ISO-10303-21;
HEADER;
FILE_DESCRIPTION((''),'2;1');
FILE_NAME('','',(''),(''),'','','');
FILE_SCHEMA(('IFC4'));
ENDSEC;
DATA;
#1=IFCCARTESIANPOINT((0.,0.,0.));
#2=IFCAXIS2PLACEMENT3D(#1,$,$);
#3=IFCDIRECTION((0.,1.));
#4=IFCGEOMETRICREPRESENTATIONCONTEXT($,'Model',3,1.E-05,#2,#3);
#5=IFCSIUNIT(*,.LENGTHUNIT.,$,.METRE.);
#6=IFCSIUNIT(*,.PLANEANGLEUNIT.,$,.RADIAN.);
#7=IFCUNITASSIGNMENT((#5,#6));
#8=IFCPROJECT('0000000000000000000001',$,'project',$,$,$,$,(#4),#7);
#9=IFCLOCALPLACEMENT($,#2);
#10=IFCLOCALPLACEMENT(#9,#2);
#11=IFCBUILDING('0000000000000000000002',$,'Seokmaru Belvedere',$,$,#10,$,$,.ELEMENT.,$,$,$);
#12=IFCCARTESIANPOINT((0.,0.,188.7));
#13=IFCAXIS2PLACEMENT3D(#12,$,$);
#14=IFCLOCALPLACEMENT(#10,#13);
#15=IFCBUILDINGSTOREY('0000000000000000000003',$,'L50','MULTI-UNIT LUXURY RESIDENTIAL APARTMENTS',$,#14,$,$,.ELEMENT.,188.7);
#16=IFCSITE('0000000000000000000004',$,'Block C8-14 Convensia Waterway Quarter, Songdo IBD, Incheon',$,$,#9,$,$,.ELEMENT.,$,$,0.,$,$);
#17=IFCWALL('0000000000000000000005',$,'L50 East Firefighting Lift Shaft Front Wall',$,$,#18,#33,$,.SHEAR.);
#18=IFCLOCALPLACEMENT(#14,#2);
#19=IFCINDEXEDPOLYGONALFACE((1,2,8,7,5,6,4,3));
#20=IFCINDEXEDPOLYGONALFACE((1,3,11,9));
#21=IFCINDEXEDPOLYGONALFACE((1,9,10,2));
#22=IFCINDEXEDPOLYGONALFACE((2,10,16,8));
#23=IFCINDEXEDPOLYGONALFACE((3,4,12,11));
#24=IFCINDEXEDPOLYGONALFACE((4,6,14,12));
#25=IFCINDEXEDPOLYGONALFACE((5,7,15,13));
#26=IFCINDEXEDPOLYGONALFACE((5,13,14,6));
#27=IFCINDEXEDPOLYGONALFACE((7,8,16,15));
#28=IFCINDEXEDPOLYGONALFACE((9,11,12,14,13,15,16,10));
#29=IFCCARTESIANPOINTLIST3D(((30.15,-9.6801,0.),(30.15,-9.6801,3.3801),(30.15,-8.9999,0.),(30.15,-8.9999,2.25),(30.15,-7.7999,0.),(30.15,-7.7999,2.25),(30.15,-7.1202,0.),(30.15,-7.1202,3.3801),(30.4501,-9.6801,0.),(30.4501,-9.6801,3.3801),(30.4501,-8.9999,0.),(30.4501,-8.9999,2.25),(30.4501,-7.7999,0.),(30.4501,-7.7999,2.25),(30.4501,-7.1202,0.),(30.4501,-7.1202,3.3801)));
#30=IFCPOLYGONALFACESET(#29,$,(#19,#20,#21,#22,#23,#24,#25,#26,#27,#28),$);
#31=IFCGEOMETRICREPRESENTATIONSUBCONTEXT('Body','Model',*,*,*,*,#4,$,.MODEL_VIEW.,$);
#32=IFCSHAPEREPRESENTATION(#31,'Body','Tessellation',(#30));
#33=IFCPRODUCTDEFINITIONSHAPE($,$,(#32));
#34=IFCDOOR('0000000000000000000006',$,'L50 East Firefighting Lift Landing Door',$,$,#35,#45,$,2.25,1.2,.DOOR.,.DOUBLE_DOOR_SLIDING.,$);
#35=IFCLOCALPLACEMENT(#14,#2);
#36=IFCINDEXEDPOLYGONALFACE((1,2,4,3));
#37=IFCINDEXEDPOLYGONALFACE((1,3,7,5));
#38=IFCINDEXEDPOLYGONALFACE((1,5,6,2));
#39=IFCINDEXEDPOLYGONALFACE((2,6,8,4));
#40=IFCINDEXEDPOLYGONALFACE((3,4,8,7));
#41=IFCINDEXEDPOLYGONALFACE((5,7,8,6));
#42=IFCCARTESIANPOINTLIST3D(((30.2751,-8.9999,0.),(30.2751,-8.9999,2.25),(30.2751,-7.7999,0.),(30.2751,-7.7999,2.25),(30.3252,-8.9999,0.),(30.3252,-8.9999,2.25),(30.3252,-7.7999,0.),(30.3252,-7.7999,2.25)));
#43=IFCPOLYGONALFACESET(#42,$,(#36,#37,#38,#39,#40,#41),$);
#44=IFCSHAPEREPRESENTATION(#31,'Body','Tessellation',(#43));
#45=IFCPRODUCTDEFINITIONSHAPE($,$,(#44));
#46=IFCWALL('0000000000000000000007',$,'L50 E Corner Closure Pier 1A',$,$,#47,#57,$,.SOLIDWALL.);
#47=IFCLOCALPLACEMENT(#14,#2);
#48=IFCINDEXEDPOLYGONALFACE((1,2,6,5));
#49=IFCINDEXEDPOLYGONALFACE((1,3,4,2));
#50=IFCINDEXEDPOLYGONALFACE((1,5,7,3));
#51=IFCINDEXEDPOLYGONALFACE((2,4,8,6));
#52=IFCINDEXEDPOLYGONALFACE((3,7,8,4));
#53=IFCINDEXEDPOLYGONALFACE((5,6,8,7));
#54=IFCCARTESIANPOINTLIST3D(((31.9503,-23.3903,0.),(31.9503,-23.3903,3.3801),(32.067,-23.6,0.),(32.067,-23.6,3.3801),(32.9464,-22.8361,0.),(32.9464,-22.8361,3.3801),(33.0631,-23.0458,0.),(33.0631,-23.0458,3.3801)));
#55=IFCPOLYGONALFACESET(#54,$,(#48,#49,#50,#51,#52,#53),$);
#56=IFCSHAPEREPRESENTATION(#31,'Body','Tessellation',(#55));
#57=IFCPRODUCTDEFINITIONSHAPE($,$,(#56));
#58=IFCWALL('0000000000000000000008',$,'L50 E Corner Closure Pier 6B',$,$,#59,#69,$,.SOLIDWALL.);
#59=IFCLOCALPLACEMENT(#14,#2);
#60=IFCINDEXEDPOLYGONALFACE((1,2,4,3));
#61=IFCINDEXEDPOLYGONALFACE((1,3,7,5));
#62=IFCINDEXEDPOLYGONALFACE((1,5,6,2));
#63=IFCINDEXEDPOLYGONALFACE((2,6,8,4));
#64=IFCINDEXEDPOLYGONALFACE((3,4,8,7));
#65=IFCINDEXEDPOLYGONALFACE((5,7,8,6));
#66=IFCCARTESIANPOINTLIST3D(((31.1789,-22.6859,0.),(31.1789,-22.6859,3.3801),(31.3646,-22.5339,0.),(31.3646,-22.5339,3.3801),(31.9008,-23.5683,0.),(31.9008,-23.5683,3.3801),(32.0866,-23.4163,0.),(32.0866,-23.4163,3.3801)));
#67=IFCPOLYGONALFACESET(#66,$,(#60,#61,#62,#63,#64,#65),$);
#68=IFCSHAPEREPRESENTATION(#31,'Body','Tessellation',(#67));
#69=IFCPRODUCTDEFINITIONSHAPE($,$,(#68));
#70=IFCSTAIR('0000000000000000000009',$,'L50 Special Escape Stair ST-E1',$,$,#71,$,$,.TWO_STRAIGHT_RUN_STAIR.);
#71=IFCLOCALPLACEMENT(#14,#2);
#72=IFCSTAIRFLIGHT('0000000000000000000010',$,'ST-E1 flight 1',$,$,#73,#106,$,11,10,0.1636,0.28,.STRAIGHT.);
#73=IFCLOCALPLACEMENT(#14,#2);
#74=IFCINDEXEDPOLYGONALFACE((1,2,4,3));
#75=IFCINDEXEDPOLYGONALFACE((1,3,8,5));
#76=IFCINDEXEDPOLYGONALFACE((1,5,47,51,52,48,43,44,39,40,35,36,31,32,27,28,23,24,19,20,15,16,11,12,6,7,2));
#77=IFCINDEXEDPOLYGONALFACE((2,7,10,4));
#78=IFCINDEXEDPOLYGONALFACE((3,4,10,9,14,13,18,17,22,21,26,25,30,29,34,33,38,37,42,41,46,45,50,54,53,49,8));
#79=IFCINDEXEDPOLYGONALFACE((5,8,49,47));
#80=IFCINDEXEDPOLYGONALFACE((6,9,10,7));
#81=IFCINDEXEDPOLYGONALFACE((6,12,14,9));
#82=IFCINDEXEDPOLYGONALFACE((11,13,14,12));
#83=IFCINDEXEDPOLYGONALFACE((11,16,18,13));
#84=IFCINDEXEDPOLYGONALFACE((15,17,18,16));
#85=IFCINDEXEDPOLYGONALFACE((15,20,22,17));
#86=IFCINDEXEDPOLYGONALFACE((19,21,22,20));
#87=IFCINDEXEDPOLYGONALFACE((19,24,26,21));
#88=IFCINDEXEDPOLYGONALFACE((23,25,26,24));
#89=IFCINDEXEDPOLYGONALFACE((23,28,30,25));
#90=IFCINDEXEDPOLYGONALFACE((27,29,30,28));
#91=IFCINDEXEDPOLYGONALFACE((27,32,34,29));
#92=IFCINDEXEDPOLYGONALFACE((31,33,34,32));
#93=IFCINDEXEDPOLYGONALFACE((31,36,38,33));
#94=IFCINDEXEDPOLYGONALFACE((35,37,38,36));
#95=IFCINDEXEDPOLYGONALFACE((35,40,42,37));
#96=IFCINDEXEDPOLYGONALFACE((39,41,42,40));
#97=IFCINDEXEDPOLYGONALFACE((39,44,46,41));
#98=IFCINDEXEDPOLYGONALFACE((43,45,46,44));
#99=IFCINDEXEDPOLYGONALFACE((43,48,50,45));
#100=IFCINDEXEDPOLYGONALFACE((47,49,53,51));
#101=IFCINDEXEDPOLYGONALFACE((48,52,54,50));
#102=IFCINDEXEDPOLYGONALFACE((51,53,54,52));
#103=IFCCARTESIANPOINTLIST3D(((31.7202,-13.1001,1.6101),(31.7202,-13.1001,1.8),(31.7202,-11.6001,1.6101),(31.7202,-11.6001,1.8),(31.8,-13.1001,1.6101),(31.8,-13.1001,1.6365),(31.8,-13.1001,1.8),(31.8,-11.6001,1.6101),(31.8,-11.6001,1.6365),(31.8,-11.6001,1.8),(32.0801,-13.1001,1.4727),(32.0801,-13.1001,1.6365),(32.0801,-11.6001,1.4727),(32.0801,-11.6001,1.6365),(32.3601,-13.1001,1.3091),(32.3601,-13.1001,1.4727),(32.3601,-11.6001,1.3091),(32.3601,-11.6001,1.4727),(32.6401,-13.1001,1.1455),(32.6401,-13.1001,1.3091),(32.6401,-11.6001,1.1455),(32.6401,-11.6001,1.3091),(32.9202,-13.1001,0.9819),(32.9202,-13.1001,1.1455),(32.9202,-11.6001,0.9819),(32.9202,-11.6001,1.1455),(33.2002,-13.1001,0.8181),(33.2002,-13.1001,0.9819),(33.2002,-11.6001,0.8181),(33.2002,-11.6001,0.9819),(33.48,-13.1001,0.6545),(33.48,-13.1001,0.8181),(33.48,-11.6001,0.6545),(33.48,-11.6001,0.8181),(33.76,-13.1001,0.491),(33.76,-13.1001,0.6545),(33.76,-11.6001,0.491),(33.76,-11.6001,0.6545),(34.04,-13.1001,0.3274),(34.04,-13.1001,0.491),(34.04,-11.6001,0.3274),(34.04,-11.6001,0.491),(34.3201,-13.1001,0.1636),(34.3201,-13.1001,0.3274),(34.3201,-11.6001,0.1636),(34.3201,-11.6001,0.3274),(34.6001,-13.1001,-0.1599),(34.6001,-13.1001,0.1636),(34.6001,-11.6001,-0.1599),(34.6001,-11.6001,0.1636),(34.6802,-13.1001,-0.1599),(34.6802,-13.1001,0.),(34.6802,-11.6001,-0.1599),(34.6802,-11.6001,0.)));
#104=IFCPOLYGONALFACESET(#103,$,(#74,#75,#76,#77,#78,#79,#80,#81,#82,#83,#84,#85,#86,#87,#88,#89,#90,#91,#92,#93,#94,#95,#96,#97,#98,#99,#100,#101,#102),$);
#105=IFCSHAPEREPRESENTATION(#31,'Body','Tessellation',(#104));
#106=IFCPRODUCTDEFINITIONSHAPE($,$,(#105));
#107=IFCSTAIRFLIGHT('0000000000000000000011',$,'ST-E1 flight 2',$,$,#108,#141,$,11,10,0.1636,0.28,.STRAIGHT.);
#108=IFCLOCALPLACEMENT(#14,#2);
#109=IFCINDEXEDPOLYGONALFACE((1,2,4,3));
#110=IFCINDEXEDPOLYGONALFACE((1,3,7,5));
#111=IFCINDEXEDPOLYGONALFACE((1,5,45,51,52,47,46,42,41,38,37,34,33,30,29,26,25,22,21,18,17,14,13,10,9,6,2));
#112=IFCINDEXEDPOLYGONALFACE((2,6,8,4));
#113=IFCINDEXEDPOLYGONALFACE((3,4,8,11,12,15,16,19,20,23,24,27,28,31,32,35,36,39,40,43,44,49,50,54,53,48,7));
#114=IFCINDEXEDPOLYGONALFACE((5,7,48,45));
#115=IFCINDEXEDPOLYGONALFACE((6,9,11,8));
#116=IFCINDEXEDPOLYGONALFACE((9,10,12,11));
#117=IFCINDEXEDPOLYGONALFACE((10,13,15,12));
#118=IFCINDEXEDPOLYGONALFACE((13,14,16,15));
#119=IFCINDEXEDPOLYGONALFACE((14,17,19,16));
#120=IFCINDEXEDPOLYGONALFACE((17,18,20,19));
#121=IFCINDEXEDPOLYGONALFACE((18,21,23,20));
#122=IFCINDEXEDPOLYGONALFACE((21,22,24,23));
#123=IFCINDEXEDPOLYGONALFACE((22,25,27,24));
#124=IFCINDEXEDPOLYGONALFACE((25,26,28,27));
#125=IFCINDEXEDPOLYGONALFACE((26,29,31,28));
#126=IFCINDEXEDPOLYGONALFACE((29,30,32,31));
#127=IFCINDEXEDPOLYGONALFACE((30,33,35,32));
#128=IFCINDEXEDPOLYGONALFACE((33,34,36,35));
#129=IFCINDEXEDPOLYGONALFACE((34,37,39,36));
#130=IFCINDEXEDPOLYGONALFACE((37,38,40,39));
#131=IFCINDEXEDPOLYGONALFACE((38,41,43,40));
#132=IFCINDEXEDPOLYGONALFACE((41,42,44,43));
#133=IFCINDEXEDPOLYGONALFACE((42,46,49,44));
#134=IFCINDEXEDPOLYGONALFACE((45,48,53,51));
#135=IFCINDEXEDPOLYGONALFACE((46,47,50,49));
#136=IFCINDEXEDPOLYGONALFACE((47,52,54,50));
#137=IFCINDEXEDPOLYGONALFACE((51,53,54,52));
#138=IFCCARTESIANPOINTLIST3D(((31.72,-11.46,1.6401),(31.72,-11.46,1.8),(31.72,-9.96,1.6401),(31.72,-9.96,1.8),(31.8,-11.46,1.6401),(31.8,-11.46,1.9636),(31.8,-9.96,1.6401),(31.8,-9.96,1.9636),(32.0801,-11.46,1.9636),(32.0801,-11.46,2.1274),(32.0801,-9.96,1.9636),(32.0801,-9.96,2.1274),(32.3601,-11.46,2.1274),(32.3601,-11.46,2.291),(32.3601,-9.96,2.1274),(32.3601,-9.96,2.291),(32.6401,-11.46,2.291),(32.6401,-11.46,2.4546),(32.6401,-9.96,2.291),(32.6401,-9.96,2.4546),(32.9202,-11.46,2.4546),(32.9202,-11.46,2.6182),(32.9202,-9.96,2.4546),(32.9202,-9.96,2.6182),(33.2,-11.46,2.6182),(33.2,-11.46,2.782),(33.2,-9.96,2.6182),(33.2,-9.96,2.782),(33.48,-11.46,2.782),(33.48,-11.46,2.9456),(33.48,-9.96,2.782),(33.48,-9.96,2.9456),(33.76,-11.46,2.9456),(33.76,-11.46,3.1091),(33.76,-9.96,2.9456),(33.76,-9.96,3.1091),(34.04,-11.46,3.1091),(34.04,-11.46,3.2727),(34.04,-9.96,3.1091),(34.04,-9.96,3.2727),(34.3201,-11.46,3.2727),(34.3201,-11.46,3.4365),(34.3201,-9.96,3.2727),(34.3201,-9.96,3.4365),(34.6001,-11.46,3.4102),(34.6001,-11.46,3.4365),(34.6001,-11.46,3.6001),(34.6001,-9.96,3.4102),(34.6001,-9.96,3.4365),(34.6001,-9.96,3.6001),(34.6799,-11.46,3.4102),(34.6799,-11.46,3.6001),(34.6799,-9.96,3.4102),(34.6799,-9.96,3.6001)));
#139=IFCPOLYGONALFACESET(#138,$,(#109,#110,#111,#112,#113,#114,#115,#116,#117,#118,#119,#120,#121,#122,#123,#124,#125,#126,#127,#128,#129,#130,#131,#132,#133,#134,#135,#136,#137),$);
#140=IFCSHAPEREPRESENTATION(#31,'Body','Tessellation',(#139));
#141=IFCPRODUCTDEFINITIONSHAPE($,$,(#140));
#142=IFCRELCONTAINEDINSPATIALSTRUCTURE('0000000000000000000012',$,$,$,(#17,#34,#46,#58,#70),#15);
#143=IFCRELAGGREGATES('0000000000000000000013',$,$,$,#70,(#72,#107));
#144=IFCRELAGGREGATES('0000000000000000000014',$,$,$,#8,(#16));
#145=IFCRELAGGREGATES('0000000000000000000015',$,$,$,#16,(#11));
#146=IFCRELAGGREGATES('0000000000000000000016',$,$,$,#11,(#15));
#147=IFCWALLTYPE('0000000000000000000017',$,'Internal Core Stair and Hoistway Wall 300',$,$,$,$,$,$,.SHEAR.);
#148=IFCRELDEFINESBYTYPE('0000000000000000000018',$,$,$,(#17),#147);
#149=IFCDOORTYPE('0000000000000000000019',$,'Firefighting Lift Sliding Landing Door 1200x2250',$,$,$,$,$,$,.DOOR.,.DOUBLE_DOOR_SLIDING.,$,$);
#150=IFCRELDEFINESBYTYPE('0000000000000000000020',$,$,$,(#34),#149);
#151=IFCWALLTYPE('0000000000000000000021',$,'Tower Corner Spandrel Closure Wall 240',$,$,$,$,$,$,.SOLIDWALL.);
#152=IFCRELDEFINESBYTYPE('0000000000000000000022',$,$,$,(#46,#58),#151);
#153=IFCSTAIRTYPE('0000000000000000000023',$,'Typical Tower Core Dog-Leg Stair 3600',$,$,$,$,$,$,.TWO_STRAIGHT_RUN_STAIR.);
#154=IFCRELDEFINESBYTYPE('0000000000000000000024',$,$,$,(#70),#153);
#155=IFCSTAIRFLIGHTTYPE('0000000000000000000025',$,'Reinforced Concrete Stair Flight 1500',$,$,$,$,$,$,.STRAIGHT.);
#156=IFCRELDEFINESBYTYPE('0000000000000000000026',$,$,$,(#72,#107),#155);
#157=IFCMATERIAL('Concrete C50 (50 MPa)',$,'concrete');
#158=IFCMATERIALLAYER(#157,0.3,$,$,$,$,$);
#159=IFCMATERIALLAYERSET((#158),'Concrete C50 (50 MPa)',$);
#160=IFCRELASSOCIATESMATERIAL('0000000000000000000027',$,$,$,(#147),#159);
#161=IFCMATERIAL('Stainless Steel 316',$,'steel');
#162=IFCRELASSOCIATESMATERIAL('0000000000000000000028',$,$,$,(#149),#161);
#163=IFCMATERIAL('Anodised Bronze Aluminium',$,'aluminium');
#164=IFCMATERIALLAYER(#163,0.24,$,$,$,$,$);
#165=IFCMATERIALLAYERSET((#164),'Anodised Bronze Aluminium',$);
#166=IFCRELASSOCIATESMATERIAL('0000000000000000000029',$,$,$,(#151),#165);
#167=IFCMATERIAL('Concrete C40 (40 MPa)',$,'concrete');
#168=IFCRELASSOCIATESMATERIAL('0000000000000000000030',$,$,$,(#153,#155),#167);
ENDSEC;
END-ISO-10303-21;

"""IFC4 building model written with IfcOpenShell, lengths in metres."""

from ifc_helpers import new_model, si_unit, direction, frame, frame_2d, origin, place, context, subcontext, project, spatial, polyline, rectangle, outline, extrude, source, transform, mapped, material, layer, layer_set, type_object, type_shapes, element, fill, aggregate, save


model = new_model("IFC4")

# Units and contexts
model_context = context("Model", 3, precision=1e-05, world=origin(), true_north=direction((0.0, 1.0)))
body_context = subcontext(model_context, "Body", "Model", "MODEL_VIEW")
ifc_project = project(units=[si_unit("LENGTHUNIT", "METRE"), si_unit("PLANEANGLEUNIT", "RADIAN")], contexts=[model_context])

# Site, building, storey
site_placement = place(None, origin())
site = spatial("IfcSite", under=ifc_project, at=site_placement, Name="Block C8-14 Convensia Waterway Quarter, Songdo IBD, Incheon", CompositionType="ELEMENT", RefElevation=0.0)
building_placement = place(site_placement, origin())
building = spatial("IfcBuilding", under=site, at=building_placement, Name="Seokmaru Belvedere", CompositionType="ELEMENT")
storey_placement = place(building_placement, frame((0.0, 0.0, 188.7)))
storey = spatial("IfcBuildingStorey", under=building, at=storey_placement, Name="L50", Description="MULTI-UNIT LUXURY RESIDENTIAL APARTMENTS", CompositionType="ELEMENT", Elevation=188.7)

# Shared definitions
ifc_material_1 = material(Name="Anodised Bronze Aluminium", Category="aluminium")

# Wall, opening, door
ifc_material_2 = material(Name="Concrete C50 (50 MPa)", Category="concrete")
ifc_layer_1 = layer(ifc_material_2, 0.3)
ifc_layer_set_1 = layer_set([ifc_layer_1], Name="Concrete C50 (50 MPa)")
wall_type_1 = type_object("IfcWallType", Name="Internal Core Stair and Hoistway Wall 300", PredefinedType="SHEAR", material=ifc_layer_set_1)
wall_1_placement = place(storey_placement, frame((30.3, -9.6799, 0.0), z_axis=(0.0, 0.0, 1.0), x_axis=(0.0, 1.0, 0.0)))
wall_1 = element("IfcWall", 1, at=wall_1_placement, inside=storey, type_object=wall_type_1, Name="L50 East Firefighting Lift Shaft Front Wall", PredefinedType="SHEAR", context=body_context, shape_type="SweptSolid", body=[
    extrude(rectangle(XDim=2.5598, YDim=0.3, at=frame_2d((1.2798, 0.0))), origin(), (0.0, 0.0, 1.0), 3.3801),
])
opening_placement = place(wall_1_placement, frame((0.6799, 0.0, 0.0)))
opening = element("IfcOpeningElement", 2, at=opening_placement, cuts=wall_1, PredefinedType="OPENING", context=body_context, shape_type="SweptSolid", body=[
    extrude(rectangle(XDim=1.2, YDim=2.25, at=frame_2d((0.6001, 1.125))), frame((0.0, 0.1602, 0.0), z_axis=(0.0, -1.0, 0.0), x_axis=(1.0, 0.0, 0.0)), (0.0, 0.0, 1.0), 0.3201),
])
ifc_material_3 = material(Name="Stainless Steel 316", Category="steel")
door_type = type_object("IfcDoorType", Name="Firefighting Lift Sliding Landing Door 1200x2250", OperationType="DOUBLE_DOOR_SLIDING", PredefinedType="DOOR", material=ifc_material_3)
shared_shape_1 = source(origin(), body_context, "Body", "SweptSolid", [
    extrude(rectangle(XDim=1.2, YDim=2.25, at=frame_2d((0.6001, 1.125))), frame((0.0, 0.0249, 0.0), z_axis=(0.0, -1.0, 0.0), x_axis=(1.0, 0.0, 0.0)), (0.0, 0.0, 1.0), 0.05),
])
type_shapes(door_type, [shared_shape_1])
door_placement = place(opening_placement, origin())
door = element("IfcDoor", 3, at=door_placement, inside=storey, type_object=door_type, Name="L50 East Firefighting Lift Landing Door", OperationType="DOUBLE_DOOR_SLIDING", OverallHeight=2.25, OverallWidth=1.2, PredefinedType="DOOR", context=body_context, shape_type="MappedRepresentation", body=[
    mapped(shared_shape_1, transform((0.0, 0.0, 0.0), scale=1.0)),
])
fill(opening, door)

# Walls
ifc_layer_2 = layer(ifc_material_1, 0.24)
ifc_layer_set_2 = layer_set([ifc_layer_2], Name="Anodised Bronze Aluminium")
wall_type_2 = type_object("IfcWallType", Name="Tower Corner Spandrel Closure Wall 240", PredefinedType="SOLIDWALL", material=ifc_layer_set_2)
wall_2_placement = place(storey_placement, frame((32.0088, -23.4951, 0.0), z_axis=(0.0, 0.0, 1.0), x_axis=(0.873854, 0.486188, 0.0)))
element("IfcWall", 4, at=wall_2_placement, inside=storey, type_object=wall_type_2, Name="L50 E Corner Closure Pier 1A", PredefinedType="SOLIDWALL", context=body_context, shape_type="SweptSolid", body=[
    extrude(rectangle(XDim=1.1399, YDim=0.24, at=frame_2d((0.5698, 0.0))), origin(), (0.0, 0.0, 1.0), 3.3801),
])
wall_3_placement = place(storey_placement, frame((31.2717, -22.6099, 0.0), z_axis=(0.0, 0.0, 1.0), x_axis=(0.633249, -0.773948, 0.0)))
element("IfcWall", 5, at=wall_3_placement, inside=storey, type_object=wall_type_2, Name="L50 E Corner Closure Pier 6B", PredefinedType="SOLIDWALL", context=body_context, shape_type="SweptSolid", body=[
    extrude(rectangle(XDim=1.1401, YDim=0.24, at=frame_2d((0.5701, 0.0))), origin(), (0.0, 0.0, 1.0), 3.3801),
])

# Stair, stair flights
ifc_material_4 = material(Name="Concrete C40 (40 MPa)", Category="concrete")
stair_type = type_object("IfcStairType", Name="Typical Tower Core Dog-Leg Stair 3600", PredefinedType="TWO_STRAIGHT_RUN_STAIR", material=ifc_material_4)
stair_placement = place(storey_placement, origin())
stair = element("IfcStair", 6, at=stair_placement, inside=storey, type_object=stair_type, Name="L50 Special Escape Stair ST-E1", PredefinedType="TWO_STRAIGHT_RUN_STAIR")
stair_flight_type = type_object("IfcStairFlightType", Name="Reinforced Concrete Stair Flight 1500", PredefinedType="STRAIGHT", material=ifc_material_4)
stair_flight_1_placement = place(storey_placement, frame((34.6001, -12.3501, 0.0), z_axis=(0.0, 0.0, 1.0), x_axis=(-1.0, 0.0, 0.0)))
stair_flight_1 = element("IfcStairFlight", 7, at=stair_flight_1_placement, type_object=stair_flight_type, Name="ST-E1 flight 1", NumberOfRisers=11, NumberOfTreads=10, PredefinedType="STRAIGHT", RiserHeight=0.1636, TreadLength=0.28, context=body_context, shape_type="SweptSolid", body=[
    extrude(outline(polyline([(-0.0801, 0.0), (0.0, 0.1636), (0.28, 0.1636), (0.28, 0.3274), (0.5601, 0.3274), (0.5601, 0.491), (0.8401, 0.491), (0.8401, 0.6545), (1.1201, 0.6545), (1.1201, 0.8181), (1.3999, 0.8181), (1.3999, 0.9819), (1.6799, 0.9819), (1.6799, 1.1455), (1.96, 1.1455), (1.96, 1.3091), (2.24, 1.3091), (2.24, 1.4727), (2.52, 1.4727), (2.52, 1.6365), (2.8, 1.6365), (2.8, 1.8), (2.8799, 1.8), (2.8799, 1.6101), (2.8, 1.6101), (0.0, -0.1599), (-0.0801, -0.1599), (-0.0801, 0.0)])), frame((0.0, 0.75, 0.0), z_axis=(0.0, -1.0, 0.0), x_axis=(1.0, 0.0, 0.0)), (0.0, 0.0, 1.0), 1.5),
])
stair_flight_2_placement = place(storey_placement, frame((31.8, -10.71, 1.8), z_axis=(0.0, 0.0, 1.0), x_axis=(1.0, 0.0, 0.0)))
stair_flight_2 = element("IfcStairFlight", 8, at=stair_flight_2_placement, type_object=stair_flight_type, Name="ST-E1 flight 2", NumberOfRisers=11, NumberOfTreads=10, PredefinedType="STRAIGHT", RiserHeight=0.1636, TreadLength=0.28, context=body_context, shape_type="SweptSolid", body=[
    extrude(outline(polyline([(-0.0801, 0.0), (0.0, 0.1636), (0.28, 0.1636), (0.28, 0.3274), (0.5601, 0.3274), (0.5601, 0.491), (0.8401, 0.491), (0.8401, 0.6545), (1.1201, 0.6545), (1.1201, 0.8181), (1.3999, 0.8181), (1.3999, 0.9819), (1.6799, 0.9819), (1.6799, 1.1455), (1.96, 1.1455), (1.96, 1.3091), (2.24, 1.3091), (2.24, 1.4727), (2.52, 1.4727), (2.52, 1.6365), (2.8, 1.6365), (2.8, 1.8), (2.8799, 1.8), (2.8799, 1.6101), (2.8, 1.6101), (0.0, -0.1599), (-0.0801, -0.1599), (-0.0801, 0.0)])), frame((0.0, 0.75, 0.0), z_axis=(0.0, -1.0, 0.0), x_axis=(1.0, 0.0, 0.0)), (0.0, 0.0, 1.0), 1.5),
])
aggregate(stair, [stair_flight_1, stair_flight_2])

save(model, "model.ifc")
